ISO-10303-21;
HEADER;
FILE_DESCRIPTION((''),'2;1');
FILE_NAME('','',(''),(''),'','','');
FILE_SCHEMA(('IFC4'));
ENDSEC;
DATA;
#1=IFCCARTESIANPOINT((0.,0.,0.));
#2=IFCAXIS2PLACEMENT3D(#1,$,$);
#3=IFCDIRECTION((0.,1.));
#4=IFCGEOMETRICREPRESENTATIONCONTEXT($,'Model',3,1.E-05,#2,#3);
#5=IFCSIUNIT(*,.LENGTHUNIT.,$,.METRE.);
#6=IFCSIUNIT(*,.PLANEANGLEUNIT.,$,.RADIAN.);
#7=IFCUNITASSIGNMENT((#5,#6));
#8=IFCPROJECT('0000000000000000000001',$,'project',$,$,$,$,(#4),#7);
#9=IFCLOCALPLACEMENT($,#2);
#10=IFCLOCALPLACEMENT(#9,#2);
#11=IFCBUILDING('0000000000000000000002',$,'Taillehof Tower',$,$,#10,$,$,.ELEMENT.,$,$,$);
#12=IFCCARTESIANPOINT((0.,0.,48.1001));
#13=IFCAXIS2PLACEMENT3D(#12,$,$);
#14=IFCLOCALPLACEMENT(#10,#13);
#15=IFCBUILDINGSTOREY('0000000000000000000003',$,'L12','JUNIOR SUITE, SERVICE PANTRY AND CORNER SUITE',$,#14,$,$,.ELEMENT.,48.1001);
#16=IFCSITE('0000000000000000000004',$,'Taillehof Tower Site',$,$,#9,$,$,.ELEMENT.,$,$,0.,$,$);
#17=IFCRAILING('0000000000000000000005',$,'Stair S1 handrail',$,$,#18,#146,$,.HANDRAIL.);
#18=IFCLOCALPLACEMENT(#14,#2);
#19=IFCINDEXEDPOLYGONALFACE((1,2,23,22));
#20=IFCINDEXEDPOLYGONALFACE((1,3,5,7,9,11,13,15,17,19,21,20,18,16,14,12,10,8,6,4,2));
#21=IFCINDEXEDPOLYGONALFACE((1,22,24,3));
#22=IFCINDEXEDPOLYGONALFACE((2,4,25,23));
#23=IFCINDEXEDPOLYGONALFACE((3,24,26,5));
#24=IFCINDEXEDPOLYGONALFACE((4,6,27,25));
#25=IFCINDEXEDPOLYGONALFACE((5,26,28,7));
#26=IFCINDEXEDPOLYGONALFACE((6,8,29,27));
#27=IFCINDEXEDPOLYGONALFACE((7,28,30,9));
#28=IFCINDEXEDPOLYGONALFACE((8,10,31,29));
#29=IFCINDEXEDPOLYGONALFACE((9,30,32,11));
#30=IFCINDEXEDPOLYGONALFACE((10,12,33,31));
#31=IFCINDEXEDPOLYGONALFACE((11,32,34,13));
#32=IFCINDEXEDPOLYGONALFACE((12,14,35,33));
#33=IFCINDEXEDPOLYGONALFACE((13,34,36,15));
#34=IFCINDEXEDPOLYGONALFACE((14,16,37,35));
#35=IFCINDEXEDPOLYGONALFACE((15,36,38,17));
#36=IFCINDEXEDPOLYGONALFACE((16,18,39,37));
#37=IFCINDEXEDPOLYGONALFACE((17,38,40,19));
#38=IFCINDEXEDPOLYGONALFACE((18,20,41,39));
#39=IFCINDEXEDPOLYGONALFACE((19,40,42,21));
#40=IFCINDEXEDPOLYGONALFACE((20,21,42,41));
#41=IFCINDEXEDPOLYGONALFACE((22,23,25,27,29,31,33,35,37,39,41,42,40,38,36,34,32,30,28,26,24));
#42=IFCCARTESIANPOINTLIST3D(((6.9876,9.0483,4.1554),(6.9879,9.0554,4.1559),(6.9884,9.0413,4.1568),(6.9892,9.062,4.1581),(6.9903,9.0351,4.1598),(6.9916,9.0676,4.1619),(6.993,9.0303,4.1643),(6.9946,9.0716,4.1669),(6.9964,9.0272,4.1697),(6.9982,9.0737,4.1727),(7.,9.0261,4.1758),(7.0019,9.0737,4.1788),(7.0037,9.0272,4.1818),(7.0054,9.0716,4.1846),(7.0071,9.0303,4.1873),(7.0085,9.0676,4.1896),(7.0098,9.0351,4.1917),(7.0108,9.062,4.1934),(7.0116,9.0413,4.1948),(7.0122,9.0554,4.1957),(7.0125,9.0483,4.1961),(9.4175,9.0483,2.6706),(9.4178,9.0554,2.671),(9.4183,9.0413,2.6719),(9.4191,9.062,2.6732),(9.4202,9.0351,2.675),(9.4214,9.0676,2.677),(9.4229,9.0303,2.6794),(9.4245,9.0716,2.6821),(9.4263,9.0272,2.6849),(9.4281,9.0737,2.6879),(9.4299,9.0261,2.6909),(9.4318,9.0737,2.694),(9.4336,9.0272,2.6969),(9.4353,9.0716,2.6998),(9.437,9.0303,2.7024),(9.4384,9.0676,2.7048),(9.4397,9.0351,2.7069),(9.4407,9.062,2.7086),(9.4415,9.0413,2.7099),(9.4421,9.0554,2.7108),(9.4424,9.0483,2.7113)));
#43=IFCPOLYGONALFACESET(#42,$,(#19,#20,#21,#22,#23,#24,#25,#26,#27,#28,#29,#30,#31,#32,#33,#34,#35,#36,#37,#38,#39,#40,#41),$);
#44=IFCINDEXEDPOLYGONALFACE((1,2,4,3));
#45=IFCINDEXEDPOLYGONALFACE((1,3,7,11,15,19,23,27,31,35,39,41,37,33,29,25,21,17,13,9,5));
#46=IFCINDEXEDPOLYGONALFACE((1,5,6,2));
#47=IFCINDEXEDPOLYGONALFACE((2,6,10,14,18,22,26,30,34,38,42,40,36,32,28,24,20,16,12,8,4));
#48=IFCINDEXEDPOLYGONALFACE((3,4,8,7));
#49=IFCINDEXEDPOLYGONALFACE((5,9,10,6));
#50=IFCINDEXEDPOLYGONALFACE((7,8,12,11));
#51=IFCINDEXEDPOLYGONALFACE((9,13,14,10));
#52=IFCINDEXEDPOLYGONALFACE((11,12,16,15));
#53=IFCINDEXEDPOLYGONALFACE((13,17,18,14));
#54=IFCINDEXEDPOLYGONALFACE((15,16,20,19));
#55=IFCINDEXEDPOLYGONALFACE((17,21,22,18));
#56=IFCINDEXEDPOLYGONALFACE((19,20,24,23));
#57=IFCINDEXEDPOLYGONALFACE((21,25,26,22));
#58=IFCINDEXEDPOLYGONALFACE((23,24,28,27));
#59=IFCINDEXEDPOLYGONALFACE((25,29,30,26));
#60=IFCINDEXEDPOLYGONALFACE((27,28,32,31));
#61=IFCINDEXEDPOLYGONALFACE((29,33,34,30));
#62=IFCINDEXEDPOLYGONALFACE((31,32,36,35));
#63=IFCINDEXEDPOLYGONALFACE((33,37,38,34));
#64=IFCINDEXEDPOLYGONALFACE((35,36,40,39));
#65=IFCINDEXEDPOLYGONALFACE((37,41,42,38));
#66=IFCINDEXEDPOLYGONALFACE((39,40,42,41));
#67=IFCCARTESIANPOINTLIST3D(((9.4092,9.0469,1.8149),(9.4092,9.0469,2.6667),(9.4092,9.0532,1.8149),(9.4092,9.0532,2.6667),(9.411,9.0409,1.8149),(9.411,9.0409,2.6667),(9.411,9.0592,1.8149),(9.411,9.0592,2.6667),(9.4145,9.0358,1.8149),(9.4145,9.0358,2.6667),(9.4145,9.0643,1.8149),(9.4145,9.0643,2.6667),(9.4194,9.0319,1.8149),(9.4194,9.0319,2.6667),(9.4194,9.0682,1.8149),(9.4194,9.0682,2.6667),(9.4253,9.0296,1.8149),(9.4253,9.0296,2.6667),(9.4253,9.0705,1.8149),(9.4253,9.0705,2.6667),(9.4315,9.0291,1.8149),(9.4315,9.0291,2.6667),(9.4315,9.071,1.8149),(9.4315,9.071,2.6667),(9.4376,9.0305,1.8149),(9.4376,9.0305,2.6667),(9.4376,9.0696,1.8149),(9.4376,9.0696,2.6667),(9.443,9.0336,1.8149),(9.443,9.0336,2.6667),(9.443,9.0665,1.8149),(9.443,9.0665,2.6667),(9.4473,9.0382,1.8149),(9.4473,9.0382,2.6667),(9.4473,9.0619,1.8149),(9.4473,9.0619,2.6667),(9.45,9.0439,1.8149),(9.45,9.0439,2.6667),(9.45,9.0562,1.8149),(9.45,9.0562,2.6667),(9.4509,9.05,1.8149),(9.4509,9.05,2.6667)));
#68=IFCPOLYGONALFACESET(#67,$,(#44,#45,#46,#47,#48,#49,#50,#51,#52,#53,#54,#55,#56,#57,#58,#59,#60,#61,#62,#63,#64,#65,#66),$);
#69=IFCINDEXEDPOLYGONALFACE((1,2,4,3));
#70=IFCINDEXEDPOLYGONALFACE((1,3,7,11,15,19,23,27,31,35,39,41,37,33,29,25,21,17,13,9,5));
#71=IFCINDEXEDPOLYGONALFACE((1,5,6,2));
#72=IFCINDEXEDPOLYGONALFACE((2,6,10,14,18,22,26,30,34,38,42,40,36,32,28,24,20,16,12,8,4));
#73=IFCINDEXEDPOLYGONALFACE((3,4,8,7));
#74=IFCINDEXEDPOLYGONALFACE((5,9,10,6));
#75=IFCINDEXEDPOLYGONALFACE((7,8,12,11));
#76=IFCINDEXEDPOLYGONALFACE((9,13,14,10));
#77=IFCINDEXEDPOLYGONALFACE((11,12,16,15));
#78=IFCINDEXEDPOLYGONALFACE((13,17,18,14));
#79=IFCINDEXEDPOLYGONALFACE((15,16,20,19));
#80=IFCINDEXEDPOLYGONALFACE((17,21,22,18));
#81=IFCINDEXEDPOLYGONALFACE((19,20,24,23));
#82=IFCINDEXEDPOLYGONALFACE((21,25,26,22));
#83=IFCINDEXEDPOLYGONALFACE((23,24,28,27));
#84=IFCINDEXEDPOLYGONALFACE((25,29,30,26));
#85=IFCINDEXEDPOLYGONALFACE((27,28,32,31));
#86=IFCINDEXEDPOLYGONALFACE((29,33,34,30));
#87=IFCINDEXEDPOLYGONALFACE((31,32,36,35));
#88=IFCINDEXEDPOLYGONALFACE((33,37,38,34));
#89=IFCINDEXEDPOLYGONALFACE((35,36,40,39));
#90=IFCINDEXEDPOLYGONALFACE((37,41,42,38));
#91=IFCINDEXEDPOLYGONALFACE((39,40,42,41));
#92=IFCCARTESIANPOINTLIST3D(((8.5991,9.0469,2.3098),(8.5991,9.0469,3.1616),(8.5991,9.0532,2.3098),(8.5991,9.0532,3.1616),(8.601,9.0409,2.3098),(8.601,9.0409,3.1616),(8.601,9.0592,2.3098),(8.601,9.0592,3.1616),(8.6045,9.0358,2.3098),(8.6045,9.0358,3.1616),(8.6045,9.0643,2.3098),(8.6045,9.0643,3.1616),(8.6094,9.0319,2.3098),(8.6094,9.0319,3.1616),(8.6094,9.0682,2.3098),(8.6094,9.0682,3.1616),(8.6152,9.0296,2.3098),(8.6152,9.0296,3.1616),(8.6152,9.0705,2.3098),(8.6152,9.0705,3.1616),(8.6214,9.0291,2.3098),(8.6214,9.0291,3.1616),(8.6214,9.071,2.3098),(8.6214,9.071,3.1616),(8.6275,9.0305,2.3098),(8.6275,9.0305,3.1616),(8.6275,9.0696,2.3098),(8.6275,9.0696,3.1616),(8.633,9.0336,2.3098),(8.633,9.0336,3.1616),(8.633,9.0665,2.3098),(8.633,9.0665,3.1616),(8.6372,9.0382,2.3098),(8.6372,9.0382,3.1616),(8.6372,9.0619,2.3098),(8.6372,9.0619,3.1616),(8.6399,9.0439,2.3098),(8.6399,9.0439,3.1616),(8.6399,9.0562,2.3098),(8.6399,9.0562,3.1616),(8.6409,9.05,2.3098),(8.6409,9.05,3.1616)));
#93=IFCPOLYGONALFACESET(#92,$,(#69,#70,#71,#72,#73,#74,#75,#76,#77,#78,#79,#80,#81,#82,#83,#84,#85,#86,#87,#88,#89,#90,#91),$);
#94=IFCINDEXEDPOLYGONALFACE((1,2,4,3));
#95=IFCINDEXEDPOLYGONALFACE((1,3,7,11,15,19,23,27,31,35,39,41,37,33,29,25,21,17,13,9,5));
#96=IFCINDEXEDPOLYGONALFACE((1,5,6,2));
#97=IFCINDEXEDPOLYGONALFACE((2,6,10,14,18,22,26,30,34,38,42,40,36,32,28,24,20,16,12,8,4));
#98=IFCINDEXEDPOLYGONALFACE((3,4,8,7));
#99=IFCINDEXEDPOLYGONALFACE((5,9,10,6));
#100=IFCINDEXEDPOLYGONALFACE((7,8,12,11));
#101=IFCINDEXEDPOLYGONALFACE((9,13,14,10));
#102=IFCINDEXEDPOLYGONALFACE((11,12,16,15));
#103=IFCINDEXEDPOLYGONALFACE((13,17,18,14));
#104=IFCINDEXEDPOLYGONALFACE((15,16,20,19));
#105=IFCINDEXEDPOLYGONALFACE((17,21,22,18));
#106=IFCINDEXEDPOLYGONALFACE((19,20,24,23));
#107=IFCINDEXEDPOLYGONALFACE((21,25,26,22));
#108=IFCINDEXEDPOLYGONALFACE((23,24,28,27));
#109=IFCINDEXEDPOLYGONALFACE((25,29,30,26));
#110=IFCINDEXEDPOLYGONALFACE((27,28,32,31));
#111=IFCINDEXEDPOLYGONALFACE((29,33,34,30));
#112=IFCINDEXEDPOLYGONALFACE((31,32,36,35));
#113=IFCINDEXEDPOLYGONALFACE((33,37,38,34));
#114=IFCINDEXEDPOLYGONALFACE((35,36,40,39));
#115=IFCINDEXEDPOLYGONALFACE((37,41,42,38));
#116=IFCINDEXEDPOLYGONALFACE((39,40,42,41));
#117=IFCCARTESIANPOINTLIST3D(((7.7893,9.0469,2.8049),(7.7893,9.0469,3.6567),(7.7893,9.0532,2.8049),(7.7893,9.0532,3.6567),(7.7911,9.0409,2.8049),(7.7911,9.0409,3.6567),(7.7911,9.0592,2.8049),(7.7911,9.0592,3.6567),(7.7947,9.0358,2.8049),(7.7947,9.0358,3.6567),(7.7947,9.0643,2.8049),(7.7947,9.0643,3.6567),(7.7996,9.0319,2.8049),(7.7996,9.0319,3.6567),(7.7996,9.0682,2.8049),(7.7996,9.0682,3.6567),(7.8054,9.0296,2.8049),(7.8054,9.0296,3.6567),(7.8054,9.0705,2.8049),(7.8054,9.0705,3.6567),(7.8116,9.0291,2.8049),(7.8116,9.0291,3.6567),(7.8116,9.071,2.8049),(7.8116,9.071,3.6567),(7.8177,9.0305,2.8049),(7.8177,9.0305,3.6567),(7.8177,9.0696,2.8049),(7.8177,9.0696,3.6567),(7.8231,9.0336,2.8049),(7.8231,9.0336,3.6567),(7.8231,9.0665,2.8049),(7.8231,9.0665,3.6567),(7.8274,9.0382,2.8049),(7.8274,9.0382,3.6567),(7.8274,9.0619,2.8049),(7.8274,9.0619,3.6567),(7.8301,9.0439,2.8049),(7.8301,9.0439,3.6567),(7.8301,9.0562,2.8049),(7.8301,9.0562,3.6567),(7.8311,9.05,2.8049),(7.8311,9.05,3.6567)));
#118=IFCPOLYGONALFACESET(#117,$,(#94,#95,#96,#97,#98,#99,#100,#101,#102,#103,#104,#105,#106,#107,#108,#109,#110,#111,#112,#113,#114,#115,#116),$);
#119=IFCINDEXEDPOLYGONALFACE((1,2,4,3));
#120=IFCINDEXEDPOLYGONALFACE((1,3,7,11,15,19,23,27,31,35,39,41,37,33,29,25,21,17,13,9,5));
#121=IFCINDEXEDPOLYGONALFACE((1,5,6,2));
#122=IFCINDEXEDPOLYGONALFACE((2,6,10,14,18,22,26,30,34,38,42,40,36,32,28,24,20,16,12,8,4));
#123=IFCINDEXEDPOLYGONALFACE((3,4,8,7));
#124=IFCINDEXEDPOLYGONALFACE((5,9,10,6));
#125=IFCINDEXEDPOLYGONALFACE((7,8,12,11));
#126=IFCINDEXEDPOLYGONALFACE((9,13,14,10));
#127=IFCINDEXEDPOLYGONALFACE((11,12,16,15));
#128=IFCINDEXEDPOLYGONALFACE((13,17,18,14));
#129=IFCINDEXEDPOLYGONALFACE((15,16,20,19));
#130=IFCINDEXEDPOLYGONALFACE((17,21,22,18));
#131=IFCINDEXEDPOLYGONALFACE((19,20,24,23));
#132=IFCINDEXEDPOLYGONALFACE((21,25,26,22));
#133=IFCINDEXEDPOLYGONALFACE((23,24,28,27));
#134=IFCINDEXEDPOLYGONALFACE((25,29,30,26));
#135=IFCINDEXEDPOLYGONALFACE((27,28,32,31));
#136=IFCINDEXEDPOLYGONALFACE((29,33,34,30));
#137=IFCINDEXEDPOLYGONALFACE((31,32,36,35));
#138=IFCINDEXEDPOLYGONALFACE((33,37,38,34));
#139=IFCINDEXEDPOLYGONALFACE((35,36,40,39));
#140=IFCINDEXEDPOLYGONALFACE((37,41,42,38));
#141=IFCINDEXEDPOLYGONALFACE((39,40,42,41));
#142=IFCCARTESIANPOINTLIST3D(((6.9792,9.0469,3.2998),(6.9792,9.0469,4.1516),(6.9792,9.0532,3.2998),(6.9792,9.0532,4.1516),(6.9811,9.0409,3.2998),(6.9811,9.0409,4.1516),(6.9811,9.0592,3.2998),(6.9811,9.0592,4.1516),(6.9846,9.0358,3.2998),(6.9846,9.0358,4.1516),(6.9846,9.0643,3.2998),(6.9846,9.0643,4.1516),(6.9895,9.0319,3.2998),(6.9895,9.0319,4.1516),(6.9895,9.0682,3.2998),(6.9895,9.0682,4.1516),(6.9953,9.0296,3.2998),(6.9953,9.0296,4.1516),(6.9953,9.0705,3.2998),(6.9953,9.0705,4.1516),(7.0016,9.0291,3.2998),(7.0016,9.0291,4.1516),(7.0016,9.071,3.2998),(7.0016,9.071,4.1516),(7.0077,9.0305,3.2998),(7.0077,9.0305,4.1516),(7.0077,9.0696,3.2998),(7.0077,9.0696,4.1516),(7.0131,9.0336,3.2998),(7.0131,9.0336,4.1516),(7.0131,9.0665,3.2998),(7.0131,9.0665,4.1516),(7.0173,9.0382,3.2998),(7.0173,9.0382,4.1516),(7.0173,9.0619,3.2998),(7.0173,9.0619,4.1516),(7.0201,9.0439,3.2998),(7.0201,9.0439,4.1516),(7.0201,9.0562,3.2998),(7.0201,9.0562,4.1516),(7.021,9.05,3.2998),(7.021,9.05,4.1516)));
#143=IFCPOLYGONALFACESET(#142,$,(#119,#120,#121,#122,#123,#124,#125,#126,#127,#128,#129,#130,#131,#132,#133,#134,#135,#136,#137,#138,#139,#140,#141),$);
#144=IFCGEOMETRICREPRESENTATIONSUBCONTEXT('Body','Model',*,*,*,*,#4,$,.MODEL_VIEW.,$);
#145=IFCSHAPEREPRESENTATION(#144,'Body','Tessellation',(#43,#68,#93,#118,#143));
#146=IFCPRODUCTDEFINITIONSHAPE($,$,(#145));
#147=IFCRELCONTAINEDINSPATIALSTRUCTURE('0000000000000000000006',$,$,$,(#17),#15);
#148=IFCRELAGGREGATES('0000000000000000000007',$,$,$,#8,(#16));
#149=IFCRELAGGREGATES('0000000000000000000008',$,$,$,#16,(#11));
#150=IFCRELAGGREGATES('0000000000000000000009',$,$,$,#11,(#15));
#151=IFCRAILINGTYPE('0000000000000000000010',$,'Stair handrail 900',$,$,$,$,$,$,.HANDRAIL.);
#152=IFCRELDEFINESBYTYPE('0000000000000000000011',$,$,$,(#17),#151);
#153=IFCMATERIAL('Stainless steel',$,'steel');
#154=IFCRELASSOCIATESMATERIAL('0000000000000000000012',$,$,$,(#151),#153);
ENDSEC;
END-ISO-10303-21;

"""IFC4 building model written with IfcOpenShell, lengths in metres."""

from ifc_helpers import new_model, si_unit, direction, frame, origin, origin_2d, place, context, subcontext, project, spatial, circle, extrude, material, type_object, element, save


model = new_model("IFC4")

# Units and contexts
model_context = context("Model", 3, precision=1e-05, world=origin(), true_north=direction((0.0, 1.0)))
body_context = subcontext(model_context, "Body", "Model", "MODEL_VIEW")
ifc_project = project(units=[si_unit("LENGTHUNIT", "METRE"), si_unit("PLANEANGLEUNIT", "RADIAN")], contexts=[model_context])

# Site, building, storey
site_placement = place(None, origin())
site = spatial("IfcSite", under=ifc_project, at=site_placement, Name="Taillehof Tower Site", CompositionType="ELEMENT", RefElevation=0.0)
building_placement = place(site_placement, origin())
building = spatial("IfcBuilding", under=site, at=building_placement, Name="Taillehof Tower", CompositionType="ELEMENT")
storey_placement = place(building_placement, frame((0.0, 0.0, 48.1001)))
storey = spatial("IfcBuildingStorey", under=building, at=storey_placement, Name="L12", Description="JUNIOR SUITE, SERVICE PANTRY AND CORNER SUITE", CompositionType="ELEMENT", Elevation=48.1001)

# Railing
ifc_material_1 = material(Name="Stainless steel", Category="steel")
railing_type = type_object("IfcRailingType", Name="Stair handrail 900", PredefinedType="HANDRAIL", material=ifc_material_1)
railing_1_placement = place(storey_placement, frame((9.4299, 9.05, 1.8149)))
element("IfcRailing", 1, at=railing_1_placement, inside=storey, type_object=railing_type, Name="Stair S1 handrail", PredefinedType="HANDRAIL", context=body_context, shape_type="SweptSolid", body=[
    extrude(circle(Radius=0.0239, at=origin_2d()), frame((0.0, 0.0, 0.876), z_axis=(-0.853297, 0.0, 0.521426), x_axis=(0.0, -1.0, 0.0)), (0.0, 0.0, 1.0), 2.8477),
    extrude(circle(Radius=0.021, at=origin_2d()), origin(), (0.0, 0.0, 1.0), 0.8518),
    extrude(circle(Radius=0.021, at=origin_2d()), frame((-0.8101, 0.0, 0.4949)), (0.0, 0.0, 1.0), 0.8518),
    extrude(circle(Radius=0.021, at=origin_2d()), frame((-1.6199, 0.0, 0.99)), (0.0, 0.0, 1.0), 0.8518),
    extrude(circle(Radius=0.021, at=origin_2d()), frame((-2.4299, 0.0, 1.4849)), (0.0, 0.0, 1.0), 0.8518),
])

save(model, "model.ifc")
